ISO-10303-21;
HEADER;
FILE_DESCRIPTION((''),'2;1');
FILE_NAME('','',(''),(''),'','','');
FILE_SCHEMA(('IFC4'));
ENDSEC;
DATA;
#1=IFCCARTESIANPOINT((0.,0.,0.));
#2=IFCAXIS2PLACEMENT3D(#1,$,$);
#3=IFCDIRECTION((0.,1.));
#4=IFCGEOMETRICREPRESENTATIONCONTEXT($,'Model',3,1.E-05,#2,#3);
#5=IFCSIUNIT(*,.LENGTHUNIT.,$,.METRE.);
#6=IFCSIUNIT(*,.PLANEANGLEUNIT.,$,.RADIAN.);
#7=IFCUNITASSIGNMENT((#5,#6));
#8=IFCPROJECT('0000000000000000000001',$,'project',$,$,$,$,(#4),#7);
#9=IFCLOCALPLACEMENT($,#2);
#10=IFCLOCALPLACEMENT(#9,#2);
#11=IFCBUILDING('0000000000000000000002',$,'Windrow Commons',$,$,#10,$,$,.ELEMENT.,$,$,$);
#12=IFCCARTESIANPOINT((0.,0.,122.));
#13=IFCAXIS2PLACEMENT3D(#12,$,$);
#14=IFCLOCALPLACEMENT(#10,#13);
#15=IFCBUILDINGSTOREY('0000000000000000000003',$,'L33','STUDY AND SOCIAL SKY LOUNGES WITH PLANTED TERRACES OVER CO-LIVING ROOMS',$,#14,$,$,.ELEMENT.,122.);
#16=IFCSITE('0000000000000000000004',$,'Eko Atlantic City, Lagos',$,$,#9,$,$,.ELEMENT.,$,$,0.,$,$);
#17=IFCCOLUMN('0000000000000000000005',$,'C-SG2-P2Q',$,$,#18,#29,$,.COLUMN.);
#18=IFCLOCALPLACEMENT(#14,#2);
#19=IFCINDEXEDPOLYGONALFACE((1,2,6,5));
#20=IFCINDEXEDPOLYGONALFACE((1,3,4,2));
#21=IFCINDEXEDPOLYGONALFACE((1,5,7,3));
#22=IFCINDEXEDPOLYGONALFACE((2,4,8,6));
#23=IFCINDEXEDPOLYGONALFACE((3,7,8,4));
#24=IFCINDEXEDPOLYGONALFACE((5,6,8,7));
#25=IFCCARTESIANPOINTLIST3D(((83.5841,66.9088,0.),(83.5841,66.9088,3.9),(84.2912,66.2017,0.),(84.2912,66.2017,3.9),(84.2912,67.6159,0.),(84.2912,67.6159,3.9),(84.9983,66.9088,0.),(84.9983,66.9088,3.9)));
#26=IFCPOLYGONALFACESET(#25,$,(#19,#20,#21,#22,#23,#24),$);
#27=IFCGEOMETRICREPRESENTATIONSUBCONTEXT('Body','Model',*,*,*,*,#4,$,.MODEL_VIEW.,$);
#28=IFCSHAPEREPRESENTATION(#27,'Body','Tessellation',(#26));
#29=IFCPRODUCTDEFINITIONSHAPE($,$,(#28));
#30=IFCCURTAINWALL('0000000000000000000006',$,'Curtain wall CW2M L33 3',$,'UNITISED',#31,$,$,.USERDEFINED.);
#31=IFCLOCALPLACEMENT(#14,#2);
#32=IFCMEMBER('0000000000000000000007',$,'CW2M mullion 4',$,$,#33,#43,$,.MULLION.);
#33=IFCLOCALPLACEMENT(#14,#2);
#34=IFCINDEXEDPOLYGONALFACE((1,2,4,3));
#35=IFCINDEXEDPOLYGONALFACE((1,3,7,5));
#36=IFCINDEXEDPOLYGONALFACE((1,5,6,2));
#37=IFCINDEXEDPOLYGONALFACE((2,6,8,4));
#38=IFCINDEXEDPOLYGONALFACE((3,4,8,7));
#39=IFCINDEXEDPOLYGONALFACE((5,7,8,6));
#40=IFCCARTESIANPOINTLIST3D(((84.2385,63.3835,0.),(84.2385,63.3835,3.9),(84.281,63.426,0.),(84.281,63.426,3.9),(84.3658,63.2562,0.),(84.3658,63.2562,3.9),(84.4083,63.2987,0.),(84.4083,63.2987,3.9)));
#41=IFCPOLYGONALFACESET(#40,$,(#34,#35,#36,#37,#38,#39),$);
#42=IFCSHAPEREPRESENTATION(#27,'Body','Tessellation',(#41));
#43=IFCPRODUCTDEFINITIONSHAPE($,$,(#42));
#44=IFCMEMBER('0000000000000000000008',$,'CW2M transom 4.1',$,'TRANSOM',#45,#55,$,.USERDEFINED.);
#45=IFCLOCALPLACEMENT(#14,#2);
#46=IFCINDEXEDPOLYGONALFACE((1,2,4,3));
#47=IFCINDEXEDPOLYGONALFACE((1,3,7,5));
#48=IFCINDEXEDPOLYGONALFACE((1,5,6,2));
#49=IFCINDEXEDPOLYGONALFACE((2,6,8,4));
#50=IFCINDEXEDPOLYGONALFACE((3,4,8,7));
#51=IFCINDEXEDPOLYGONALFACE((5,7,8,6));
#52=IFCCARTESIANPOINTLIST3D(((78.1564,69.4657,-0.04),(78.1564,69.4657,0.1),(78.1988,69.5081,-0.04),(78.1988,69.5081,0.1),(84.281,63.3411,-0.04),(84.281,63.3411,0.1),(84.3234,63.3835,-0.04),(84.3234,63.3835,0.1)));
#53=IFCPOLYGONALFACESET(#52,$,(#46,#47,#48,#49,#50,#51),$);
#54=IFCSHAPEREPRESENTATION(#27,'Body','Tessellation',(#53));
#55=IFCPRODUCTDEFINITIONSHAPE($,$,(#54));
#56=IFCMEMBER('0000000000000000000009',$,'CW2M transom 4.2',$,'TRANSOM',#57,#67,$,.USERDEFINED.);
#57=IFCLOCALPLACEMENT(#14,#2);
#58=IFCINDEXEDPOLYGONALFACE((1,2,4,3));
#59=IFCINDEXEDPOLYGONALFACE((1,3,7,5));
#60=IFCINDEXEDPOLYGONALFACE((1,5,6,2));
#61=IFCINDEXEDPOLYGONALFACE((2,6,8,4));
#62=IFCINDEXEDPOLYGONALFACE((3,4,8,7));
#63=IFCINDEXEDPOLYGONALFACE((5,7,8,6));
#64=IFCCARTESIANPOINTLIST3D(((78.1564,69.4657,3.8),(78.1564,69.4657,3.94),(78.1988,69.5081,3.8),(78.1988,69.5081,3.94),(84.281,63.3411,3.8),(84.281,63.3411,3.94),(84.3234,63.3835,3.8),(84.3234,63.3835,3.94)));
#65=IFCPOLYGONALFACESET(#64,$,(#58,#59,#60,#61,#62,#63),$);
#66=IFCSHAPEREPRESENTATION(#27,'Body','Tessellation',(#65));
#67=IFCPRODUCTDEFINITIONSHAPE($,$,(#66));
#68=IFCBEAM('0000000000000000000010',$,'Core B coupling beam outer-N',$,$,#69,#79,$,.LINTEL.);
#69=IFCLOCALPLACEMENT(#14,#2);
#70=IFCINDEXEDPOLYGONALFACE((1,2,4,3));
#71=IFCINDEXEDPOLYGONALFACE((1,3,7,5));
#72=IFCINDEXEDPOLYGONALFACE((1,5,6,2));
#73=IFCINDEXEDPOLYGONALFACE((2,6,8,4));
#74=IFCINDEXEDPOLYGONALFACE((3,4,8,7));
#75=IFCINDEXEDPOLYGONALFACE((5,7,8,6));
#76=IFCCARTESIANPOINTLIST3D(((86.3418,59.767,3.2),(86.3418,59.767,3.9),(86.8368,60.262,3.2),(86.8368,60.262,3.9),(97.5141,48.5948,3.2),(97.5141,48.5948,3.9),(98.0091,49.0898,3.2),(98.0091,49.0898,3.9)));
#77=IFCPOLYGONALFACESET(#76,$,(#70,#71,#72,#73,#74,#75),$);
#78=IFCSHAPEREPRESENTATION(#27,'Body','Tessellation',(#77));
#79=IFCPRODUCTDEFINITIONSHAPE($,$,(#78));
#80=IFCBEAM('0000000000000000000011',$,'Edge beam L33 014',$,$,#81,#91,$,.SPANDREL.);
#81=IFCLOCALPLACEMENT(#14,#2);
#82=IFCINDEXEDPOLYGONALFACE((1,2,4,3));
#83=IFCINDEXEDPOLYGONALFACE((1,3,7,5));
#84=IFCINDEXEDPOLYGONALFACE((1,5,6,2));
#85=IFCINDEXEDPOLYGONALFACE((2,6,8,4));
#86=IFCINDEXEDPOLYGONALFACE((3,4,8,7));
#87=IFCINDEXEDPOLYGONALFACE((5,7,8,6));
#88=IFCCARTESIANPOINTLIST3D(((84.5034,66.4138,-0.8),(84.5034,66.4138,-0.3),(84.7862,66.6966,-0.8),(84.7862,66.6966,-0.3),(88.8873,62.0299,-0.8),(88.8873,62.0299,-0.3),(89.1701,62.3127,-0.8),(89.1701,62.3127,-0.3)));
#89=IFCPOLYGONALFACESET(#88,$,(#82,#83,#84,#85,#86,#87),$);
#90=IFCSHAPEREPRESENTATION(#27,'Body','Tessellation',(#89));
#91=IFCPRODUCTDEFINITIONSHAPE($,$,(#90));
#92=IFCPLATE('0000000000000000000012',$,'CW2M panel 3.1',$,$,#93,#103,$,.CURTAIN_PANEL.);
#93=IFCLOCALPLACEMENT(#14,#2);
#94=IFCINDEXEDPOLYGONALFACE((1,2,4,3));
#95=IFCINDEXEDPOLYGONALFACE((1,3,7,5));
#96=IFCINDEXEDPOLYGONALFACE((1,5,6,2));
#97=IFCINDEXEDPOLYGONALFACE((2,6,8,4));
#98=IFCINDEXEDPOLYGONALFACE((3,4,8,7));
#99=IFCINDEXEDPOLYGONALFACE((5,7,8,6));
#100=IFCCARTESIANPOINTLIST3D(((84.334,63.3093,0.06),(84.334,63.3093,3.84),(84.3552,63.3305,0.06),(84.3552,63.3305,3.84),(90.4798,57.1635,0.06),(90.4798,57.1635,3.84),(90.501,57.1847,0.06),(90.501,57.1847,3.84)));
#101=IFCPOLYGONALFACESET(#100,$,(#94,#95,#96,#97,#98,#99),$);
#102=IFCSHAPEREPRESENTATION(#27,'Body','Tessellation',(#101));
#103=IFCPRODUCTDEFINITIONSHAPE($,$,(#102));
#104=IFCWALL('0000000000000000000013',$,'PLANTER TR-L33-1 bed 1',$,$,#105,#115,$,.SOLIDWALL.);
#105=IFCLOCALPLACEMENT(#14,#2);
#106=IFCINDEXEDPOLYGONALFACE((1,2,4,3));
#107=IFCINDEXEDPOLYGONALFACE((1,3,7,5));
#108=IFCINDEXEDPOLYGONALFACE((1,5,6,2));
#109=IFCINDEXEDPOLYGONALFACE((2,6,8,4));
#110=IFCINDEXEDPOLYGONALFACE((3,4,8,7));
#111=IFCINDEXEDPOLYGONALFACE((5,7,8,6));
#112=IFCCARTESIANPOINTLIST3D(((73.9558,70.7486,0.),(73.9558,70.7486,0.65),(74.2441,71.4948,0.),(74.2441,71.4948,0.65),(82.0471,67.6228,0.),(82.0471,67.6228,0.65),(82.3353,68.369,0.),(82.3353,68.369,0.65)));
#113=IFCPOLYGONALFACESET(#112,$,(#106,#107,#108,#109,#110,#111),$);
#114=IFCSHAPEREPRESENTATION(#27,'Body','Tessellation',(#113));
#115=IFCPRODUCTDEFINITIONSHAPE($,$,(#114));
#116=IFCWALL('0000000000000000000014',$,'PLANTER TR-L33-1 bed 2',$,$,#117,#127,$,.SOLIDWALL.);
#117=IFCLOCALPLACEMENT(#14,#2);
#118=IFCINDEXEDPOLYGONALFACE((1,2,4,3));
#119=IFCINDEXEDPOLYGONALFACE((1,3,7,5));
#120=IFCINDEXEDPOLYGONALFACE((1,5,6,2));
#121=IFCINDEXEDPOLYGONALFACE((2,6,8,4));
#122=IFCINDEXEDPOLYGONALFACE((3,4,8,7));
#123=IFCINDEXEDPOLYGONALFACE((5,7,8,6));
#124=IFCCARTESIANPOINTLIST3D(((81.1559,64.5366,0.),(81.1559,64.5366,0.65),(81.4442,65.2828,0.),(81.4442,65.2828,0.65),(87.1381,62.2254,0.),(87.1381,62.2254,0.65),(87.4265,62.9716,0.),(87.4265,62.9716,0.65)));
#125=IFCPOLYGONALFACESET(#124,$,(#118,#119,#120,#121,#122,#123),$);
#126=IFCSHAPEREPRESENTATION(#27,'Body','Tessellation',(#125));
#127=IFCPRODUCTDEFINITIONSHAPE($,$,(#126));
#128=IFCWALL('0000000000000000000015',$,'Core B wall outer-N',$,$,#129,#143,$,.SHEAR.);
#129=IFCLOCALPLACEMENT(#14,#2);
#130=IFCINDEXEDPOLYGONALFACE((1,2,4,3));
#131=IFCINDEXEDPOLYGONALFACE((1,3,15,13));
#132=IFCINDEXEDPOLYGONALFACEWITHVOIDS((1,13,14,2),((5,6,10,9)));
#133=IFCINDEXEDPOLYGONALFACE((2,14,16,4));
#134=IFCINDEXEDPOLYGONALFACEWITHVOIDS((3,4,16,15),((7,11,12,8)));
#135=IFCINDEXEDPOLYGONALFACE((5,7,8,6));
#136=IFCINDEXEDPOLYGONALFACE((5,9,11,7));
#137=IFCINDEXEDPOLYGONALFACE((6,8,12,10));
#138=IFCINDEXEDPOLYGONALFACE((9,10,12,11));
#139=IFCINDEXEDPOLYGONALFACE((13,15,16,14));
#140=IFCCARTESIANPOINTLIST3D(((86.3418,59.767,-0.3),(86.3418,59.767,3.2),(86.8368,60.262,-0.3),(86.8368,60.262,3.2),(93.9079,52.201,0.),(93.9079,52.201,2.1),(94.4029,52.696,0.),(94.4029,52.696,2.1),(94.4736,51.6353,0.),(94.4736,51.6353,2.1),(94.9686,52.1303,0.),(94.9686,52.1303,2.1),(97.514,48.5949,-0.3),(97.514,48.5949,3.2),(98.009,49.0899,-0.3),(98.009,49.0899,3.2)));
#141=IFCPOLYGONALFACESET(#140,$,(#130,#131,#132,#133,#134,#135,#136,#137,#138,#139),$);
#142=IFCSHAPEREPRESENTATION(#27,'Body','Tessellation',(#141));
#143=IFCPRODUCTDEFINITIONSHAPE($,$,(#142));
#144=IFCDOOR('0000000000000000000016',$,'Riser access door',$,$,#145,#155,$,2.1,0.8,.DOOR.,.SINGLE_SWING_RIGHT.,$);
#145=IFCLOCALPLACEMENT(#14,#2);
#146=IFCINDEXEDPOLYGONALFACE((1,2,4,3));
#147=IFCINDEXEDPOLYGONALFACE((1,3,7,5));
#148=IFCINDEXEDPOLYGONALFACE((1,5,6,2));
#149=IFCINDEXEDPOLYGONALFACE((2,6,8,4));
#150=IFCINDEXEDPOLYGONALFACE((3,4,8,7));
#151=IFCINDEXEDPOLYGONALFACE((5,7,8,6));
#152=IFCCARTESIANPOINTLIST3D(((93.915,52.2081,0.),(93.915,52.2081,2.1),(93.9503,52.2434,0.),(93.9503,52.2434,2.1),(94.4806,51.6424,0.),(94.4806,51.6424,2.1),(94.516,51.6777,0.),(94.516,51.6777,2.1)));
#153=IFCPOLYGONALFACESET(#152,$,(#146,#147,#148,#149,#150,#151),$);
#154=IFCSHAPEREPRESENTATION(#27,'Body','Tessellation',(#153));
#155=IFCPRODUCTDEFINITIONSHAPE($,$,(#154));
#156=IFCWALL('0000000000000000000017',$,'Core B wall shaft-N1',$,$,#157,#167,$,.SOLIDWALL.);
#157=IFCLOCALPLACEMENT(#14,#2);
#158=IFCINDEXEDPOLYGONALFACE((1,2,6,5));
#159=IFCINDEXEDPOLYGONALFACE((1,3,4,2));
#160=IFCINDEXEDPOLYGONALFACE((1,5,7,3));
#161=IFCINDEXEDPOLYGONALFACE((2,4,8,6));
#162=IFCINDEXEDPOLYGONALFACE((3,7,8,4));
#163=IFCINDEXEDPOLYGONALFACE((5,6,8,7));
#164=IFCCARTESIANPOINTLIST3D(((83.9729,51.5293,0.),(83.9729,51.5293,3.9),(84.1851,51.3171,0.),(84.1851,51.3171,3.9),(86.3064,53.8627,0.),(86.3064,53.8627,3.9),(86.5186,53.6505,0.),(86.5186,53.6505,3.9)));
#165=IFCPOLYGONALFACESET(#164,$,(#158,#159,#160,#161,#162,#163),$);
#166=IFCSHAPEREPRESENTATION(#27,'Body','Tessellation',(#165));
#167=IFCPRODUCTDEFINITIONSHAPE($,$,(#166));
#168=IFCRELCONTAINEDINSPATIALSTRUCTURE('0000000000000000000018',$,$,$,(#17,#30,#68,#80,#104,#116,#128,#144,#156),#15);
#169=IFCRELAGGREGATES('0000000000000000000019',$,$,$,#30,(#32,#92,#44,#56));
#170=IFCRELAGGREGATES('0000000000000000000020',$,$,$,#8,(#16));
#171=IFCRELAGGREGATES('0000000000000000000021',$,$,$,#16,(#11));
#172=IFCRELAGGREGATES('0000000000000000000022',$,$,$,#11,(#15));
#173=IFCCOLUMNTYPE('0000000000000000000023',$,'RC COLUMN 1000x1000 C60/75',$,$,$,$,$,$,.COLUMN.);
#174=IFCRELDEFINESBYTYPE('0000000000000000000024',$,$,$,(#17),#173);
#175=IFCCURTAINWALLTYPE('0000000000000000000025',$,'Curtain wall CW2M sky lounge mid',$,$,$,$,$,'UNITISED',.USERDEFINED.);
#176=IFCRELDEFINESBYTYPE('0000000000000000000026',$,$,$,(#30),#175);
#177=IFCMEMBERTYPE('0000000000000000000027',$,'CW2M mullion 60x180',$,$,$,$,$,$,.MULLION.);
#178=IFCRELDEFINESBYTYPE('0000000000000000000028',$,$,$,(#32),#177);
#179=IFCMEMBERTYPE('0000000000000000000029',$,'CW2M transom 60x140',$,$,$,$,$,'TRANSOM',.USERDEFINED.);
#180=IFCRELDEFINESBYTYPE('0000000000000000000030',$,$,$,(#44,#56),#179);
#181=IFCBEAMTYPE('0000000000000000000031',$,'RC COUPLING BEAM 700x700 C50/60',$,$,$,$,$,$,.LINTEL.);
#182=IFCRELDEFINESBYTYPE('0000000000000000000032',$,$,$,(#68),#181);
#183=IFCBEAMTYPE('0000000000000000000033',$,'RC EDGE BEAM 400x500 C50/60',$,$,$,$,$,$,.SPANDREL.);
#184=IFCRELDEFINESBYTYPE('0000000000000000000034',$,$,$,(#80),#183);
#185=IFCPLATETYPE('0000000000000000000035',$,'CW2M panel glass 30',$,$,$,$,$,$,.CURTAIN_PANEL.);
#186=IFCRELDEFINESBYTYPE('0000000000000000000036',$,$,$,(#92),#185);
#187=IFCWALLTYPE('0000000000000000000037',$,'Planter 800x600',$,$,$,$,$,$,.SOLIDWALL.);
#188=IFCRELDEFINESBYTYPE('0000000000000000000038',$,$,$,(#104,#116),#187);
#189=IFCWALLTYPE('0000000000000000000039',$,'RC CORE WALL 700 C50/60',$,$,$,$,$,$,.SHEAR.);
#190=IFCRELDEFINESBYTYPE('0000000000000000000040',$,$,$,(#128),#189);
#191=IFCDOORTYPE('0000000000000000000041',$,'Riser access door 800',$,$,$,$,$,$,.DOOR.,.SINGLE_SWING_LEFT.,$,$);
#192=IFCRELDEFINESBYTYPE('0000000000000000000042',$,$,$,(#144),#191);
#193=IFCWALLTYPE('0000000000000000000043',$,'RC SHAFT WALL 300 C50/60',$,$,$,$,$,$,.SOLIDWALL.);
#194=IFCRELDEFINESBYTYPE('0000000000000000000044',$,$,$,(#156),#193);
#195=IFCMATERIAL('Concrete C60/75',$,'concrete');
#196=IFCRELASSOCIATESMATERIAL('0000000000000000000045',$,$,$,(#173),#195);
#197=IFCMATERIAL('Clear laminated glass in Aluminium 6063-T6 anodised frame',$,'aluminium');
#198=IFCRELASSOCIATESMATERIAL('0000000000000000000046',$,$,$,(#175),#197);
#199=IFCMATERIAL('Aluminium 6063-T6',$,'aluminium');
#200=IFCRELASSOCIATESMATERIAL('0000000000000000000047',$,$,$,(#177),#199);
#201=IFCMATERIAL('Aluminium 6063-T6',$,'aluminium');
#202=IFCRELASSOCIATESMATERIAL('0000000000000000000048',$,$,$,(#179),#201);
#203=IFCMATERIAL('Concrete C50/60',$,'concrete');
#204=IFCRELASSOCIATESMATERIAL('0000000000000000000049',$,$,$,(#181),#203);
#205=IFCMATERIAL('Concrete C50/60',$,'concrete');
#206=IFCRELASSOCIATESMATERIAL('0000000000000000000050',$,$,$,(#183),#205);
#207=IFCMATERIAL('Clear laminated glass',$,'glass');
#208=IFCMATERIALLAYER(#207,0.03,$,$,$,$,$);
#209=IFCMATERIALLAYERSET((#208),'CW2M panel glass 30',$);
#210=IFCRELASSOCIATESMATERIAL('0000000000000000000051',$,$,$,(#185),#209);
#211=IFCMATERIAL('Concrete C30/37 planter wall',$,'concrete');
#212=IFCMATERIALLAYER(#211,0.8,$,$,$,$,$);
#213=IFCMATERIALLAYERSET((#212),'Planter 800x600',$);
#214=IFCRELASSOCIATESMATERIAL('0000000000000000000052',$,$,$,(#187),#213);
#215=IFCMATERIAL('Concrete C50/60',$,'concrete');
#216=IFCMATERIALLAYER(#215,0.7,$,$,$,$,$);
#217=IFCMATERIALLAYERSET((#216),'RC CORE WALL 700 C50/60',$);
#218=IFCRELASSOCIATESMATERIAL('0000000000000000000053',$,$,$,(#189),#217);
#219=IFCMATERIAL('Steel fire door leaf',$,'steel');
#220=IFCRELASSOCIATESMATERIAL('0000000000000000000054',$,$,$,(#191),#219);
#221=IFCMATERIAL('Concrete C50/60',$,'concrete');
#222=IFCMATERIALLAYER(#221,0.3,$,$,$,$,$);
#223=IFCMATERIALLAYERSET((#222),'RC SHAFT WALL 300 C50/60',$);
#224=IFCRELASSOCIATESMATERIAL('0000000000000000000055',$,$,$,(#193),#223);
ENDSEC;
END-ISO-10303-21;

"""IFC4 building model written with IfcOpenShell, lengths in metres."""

from ifc_helpers import new_model, si_unit, direction, frame, frame_2d, origin, origin_2d, place, context, subcontext, project, spatial, rectangle, extrude, material, layer, layer_set, material_profile, profile_set, type_object, element, fill, aggregate, save


model = new_model("IFC4")

# Units and contexts
model_context = context("Model", 3, precision=1e-05, world=origin(), true_north=direction((0.0, 1.0)))
body_context = subcontext(model_context, "Body", "Model", "MODEL_VIEW")
ifc_project = project(units=[si_unit("LENGTHUNIT", "METRE"), si_unit("PLANEANGLEUNIT", "RADIAN")], contexts=[model_context])

# Site, building, storey
site_placement = place(None, origin())
site = spatial("IfcSite", under=ifc_project, at=site_placement, Name="Eko Atlantic City, Lagos", CompositionType="ELEMENT", RefElevation=0.0)
building_placement = place(site_placement, origin())
building = spatial("IfcBuilding", under=site, at=building_placement, Name="Windrow Commons", CompositionType="ELEMENT")
storey_placement = place(building_placement, frame((0.0, 0.0, 122.0)))
storey = spatial("IfcBuildingStorey", under=building, at=storey_placement, Name="L33", Description="STUDY AND SOCIAL SKY LOUNGES WITH PLANTED TERRACES OVER CO-LIVING ROOMS", CompositionType="ELEMENT", Elevation=122.0)

# Column
ifc_material_1 = material(Name="Concrete C60/75", Category="concrete")
ifc_material_profile_1 = material_profile(ifc_material_1, rectangle(XDim=1.0, YDim=1.0, at=origin_2d()))
ifc_profile_set_1 = profile_set([ifc_material_profile_1], Name="Concrete C60/75")
column_type = type_object("IfcColumnType", Name="RC COLUMN 1000x1000 C60/75", PredefinedType="COLUMN", material=ifc_profile_set_1)
column_placement = place(storey_placement, frame((84.2912, 66.9088, 0.0), z_axis=(0.0, 0.0, 1.0), x_axis=(0.707107, -0.707107, 0.0)))
element("IfcColumn", 1, at=column_placement, inside=storey, type_object=column_type, Name="C-SG2-P2Q", PredefinedType="COLUMN", context=body_context, shape_type="SweptSolid", body=[
    extrude(rectangle(XDim=1.0, YDim=1.0, at=origin_2d()), origin(), (0.0, 0.0, 1.0), 3.9),
])

# Curtain wall, members
ifc_material_2 = material(Name="Clear laminated glass in Aluminium 6063-T6 anodised frame", Category="aluminium")
curtain_wall_type = type_object("IfcCurtainWallType", Name="Curtain wall CW2M sky lounge mid", ElementType="UNITISED", PredefinedType="USERDEFINED", material=ifc_material_2)
placement = place(storey_placement, origin())
curtain_wall = element("IfcCurtainWall", 2, at=placement, inside=storey, type_object=curtain_wall_type, Name="Curtain wall CW2M L33 3", ObjectType="UNITISED", PredefinedType="USERDEFINED")
ifc_material_3 = material(Name="Aluminium 6063-T6", Category="aluminium")
ifc_material_profile_2 = material_profile(ifc_material_3, rectangle(XDim=0.06, YDim=0.18, at=origin_2d()))
ifc_profile_set_2 = profile_set([ifc_material_profile_2], Name="Aluminium 6063-T6")
member_type_1 = type_object("IfcMemberType", Name="CW2M mullion 60x180", PredefinedType="MULLION", material=ifc_profile_set_2)
member_1_placement = place(storey_placement, frame((84.3234, 63.3411, 0.0), z_axis=(0.0, 0.0, 1.0), x_axis=(-0.707107, -0.707107, 0.0)))
member_1 = element("IfcMember", 3, at=member_1_placement, type_object=member_type_1, Name="CW2M mullion 4", PredefinedType="MULLION", context=body_context, shape_type="SweptSolid", body=[
    extrude(rectangle(XDim=0.06, YDim=0.18, at=origin_2d()), origin(), (0.0, 0.0, 1.0), 3.9),
])
ifc_material_4 = material(Name="Aluminium 6063-T6", Category="aluminium")
ifc_material_profile_3 = material_profile(ifc_material_4, rectangle(XDim=0.06, YDim=0.14, at=origin_2d()))
ifc_profile_set_3 = profile_set([ifc_material_profile_3], Name="Aluminium 6063-T6")
member_type_2 = type_object("IfcMemberType", Name="CW2M transom 60x140", ElementType="TRANSOM", PredefinedType="USERDEFINED", material=ifc_profile_set_3)
member_2_placement = place(storey_placement, frame((84.3022, 63.3623, 0.03), z_axis=(-0.707107, 0.707107, 0.0), x_axis=(-0.707107, -0.707107, 0.0)))
member_2 = element("IfcMember", 4, at=member_2_placement, type_object=member_type_2, Name="CW2M transom 4.1", ObjectType="TRANSOM", PredefinedType="USERDEFINED", context=body_context, shape_type="SweptSolid", body=[
    extrude(rectangle(XDim=0.06, YDim=0.14, at=origin_2d()), origin(), (0.0, 0.0, 1.0), 8.6615),
])
member_3_placement = place(storey_placement, frame((84.3022, 63.3623, 3.87), z_axis=(-0.707107, 0.707107, 0.0), x_axis=(-0.707107, -0.707107, 0.0)))
member_3 = element("IfcMember", 5, at=member_3_placement, type_object=member_type_2, Name="CW2M transom 4.2", ObjectType="TRANSOM", PredefinedType="USERDEFINED", context=body_context, shape_type="SweptSolid", body=[
    extrude(rectangle(XDim=0.06, YDim=0.14, at=origin_2d()), origin(), (0.0, 0.0, 1.0), 8.6615),
])

# Beams
ifc_material_5 = material(Name="Concrete C50/60", Category="concrete")
ifc_material_profile_4 = material_profile(ifc_material_5, rectangle(XDim=0.7, YDim=0.7, at=origin_2d()))
ifc_profile_set_4 = profile_set([ifc_material_profile_4], Name="Concrete C50/60")
beam_type_1 = type_object("IfcBeamType", Name="RC COUPLING BEAM 700x700 C50/60", PredefinedType="LINTEL", material=ifc_profile_set_4)
beam_1_placement = place(storey_placement, frame((86.5893, 60.0145, 3.55), z_axis=(0.70711, -0.707104, 0.0), x_axis=(0.707104, 0.70711, 0.0)))
element("IfcBeam", 6, at=beam_1_placement, inside=storey, type_object=beam_type_1, Name="Core B coupling beam outer-N", PredefinedType="LINTEL", context=body_context, shape_type="SweptSolid", body=[
    extrude(rectangle(XDim=0.7, YDim=0.7, at=origin_2d()), origin(), (0.0, 0.0, 1.0), 15.7999),
])
ifc_material_6 = material(Name="Concrete C50/60", Category="concrete")
ifc_material_profile_5 = material_profile(ifc_material_6, rectangle(XDim=0.4, YDim=0.5, at=origin_2d()))
ifc_profile_set_5 = profile_set([ifc_material_profile_5], Name="Concrete C50/60")
beam_type_2 = type_object("IfcBeamType", Name="RC EDGE BEAM 400x500 C50/60", PredefinedType="SPANDREL", material=ifc_profile_set_5)
beam_2_placement = place(storey_placement, frame((84.6448, 66.5552, -0.55), z_axis=(0.707107, -0.707107, 0.0), x_axis=(0.707107, 0.707107, 0.0)))
element("IfcBeam", 7, at=beam_2_placement, inside=storey, type_object=beam_type_2, Name="Edge beam L33 014", PredefinedType="SPANDREL", context=body_context, shape_type="SweptSolid", body=[
    extrude(rectangle(XDim=0.4, YDim=0.5, at=origin_2d()), origin(), (0.0, 0.0, 1.0), 6.1998),
])

# Plate
ifc_material_7 = material(Name="Clear laminated glass", Category="glass")
ifc_layer_1 = layer(ifc_material_7, 0.03)
ifc_layer_set_1 = layer_set([ifc_layer_1], Name="CW2M panel glass 30")
plate_type = type_object("IfcPlateType", Name="CW2M panel glass 30", PredefinedType="CURTAIN_PANEL", material=ifc_layer_set_1)
plate_placement = place(storey_placement, frame((87.4175, 60.247, 0.06), z_axis=(0.0, 0.0, 1.0), x_axis=(-0.707107, 0.707107, 0.0)))
plate = element("IfcPlate", 8, at=plate_placement, type_object=plate_type, Name="CW2M panel 3.1", PredefinedType="CURTAIN_PANEL", context=body_context, shape_type="SweptSolid", body=[
    extrude(rectangle(XDim=8.6915, YDim=0.03, at=origin_2d()), origin(), (0.0, 0.0, 1.0), 3.78),
])
aggregate(curtain_wall, [member_1, plate, member_2, member_3])

# Walls
ifc_material_8 = material(Name="Concrete C30/37 planter wall", Category="concrete")
ifc_layer_2 = layer(ifc_material_8, 0.8)
ifc_layer_set_2 = layer_set([ifc_layer_2], Name="Planter 800x600")
wall_type_1 = type_object("IfcWallType", Name="Planter 800x600", PredefinedType="SOLIDWALL", material=ifc_layer_set_2)
wall_1_placement = place(storey_placement, frame((82.1912, 67.9959, 0.0), z_axis=(0.0, 0.0, 1.0), x_axis=(-0.932812, 0.360365, 0.0)))
element("IfcWall", 9, at=wall_1_placement, inside=storey, type_object=wall_type_1, Name="PLANTER TR-L33-1 bed 1", PredefinedType="SOLIDWALL", context=body_context, shape_type="SweptSolid", body=[
    extrude(rectangle(XDim=8.674, YDim=0.8, at=frame_2d((4.337, 0.0))), origin(), (0.0, 0.0, 1.0), 0.65),
])
wall_2_placement = place(storey_placement, frame((87.2823, 62.5985, 0.0), z_axis=(0.0, 0.0, 1.0), x_axis=(-0.932806, 0.36038, 0.0)))
element("IfcWall", 10, at=wall_2_placement, inside=storey, type_object=wall_type_1, Name="PLANTER TR-L33-1 bed 2", PredefinedType="SOLIDWALL", context=body_context, shape_type="SweptSolid", body=[
    extrude(rectangle(XDim=6.4132, YDim=0.8, at=frame_2d((3.2066, 0.0))), origin(), (0.0, 0.0, 1.0), 0.65),
])

# Wall, opening, door
ifc_material_9 = material(Name="Concrete C50/60", Category="concrete")
ifc_layer_3 = layer(ifc_material_9, 0.7)
ifc_layer_set_3 = layer_set([ifc_layer_3], Name="RC CORE WALL 700 C50/60")
wall_type_2 = type_object("IfcWallType", Name="RC CORE WALL 700 C50/60", PredefinedType="SHEAR", material=ifc_layer_set_3)
wall_3_placement = place(storey_placement, frame((86.5893, 60.0145, -0.3), z_axis=(0.0, 0.0, 1.0), x_axis=(0.70711, -0.707104, 0.0)))
wall_3 = element("IfcWall", 11, at=wall_3_placement, inside=storey, type_object=wall_type_2, Name="Core B wall outer-N", PredefinedType="SHEAR", context=body_context, shape_type="SweptSolid", body=[
    extrude(rectangle(XDim=15.7999, YDim=0.7, at=frame_2d((7.8999, 0.0))), origin(), (0.0, 0.0, 1.0), 3.5),
])
opening_1_placement = place(wall_3_placement, frame((10.7, 0.0, 0.3)))
opening_1 = element("IfcOpeningElement", 12, at=opening_1_placement, cuts=wall_3, PredefinedType="OPENING", context=body_context, shape_type="SweptSolid", body=[
    extrude(rectangle(XDim=0.8, YDim=2.1, at=frame_2d((0.4, 1.05))), frame((0.0, 0.36, 0.0), z_axis=(0.0, -1.0, 0.0), x_axis=(1.0, 0.0, 0.0)), (0.0, 0.0, 1.0), 0.72),
])
ifc_material_10 = material(Name="Steel fire door leaf", Category="steel")
door_type_1 = type_object("IfcDoorType", Name="Riser access door 800", OperationType="SINGLE_SWING_LEFT", PredefinedType="DOOR", material=ifc_material_10)
door_1_placement = place(opening_1_placement, origin())
door_1 = element("IfcDoor", 13, at=door_1_placement, inside=storey, type_object=door_type_1, Name="Riser access door", OperationType="SINGLE_SWING_RIGHT", OverallHeight=2.1, OverallWidth=0.8, PredefinedType="DOOR", context=body_context, shape_type="SweptSolid", body=[
    extrude(rectangle(XDim=0.8, YDim=2.1, at=frame_2d((0.4, 1.05))), frame((0.0, -0.29, 0.0), z_axis=(0.0, -1.0, 0.0), x_axis=(1.0, 0.0, 0.0)), (0.0, 0.0, 1.0), 0.05),
])
fill(opening_1, door_1)

# Wall
ifc_material_11 = material(Name="Concrete C50/60", Category="concrete")
ifc_layer_4 = layer(ifc_material_11, 0.3)
ifc_layer_set_4 = layer_set([ifc_layer_4], Name="RC SHAFT WALL 300 C50/60")
wall_type_3 = type_object("IfcWallType", Name="RC SHAFT WALL 300 C50/60", PredefinedType="SOLIDWALL", material=ifc_layer_set_4)
wall_4_placement = place(storey_placement, frame((84.079, 51.4232, 0.0), z_axis=(0.0, 0.0, 1.0), x_axis=(0.707122, 0.707092, 0.0)))
element("IfcWall", 14, at=wall_4_placement, inside=storey, type_object=wall_type_3, Name="Core B wall shaft-N1", PredefinedType="SOLIDWALL", context=body_context, shape_type="SweptSolid", body=[
    extrude(rectangle(XDim=3.3, YDim=0.3, at=frame_2d((1.65, 0.0))), origin(), (0.0, 0.0, 1.0), 3.9),
])

save(model, "model.ifc")
